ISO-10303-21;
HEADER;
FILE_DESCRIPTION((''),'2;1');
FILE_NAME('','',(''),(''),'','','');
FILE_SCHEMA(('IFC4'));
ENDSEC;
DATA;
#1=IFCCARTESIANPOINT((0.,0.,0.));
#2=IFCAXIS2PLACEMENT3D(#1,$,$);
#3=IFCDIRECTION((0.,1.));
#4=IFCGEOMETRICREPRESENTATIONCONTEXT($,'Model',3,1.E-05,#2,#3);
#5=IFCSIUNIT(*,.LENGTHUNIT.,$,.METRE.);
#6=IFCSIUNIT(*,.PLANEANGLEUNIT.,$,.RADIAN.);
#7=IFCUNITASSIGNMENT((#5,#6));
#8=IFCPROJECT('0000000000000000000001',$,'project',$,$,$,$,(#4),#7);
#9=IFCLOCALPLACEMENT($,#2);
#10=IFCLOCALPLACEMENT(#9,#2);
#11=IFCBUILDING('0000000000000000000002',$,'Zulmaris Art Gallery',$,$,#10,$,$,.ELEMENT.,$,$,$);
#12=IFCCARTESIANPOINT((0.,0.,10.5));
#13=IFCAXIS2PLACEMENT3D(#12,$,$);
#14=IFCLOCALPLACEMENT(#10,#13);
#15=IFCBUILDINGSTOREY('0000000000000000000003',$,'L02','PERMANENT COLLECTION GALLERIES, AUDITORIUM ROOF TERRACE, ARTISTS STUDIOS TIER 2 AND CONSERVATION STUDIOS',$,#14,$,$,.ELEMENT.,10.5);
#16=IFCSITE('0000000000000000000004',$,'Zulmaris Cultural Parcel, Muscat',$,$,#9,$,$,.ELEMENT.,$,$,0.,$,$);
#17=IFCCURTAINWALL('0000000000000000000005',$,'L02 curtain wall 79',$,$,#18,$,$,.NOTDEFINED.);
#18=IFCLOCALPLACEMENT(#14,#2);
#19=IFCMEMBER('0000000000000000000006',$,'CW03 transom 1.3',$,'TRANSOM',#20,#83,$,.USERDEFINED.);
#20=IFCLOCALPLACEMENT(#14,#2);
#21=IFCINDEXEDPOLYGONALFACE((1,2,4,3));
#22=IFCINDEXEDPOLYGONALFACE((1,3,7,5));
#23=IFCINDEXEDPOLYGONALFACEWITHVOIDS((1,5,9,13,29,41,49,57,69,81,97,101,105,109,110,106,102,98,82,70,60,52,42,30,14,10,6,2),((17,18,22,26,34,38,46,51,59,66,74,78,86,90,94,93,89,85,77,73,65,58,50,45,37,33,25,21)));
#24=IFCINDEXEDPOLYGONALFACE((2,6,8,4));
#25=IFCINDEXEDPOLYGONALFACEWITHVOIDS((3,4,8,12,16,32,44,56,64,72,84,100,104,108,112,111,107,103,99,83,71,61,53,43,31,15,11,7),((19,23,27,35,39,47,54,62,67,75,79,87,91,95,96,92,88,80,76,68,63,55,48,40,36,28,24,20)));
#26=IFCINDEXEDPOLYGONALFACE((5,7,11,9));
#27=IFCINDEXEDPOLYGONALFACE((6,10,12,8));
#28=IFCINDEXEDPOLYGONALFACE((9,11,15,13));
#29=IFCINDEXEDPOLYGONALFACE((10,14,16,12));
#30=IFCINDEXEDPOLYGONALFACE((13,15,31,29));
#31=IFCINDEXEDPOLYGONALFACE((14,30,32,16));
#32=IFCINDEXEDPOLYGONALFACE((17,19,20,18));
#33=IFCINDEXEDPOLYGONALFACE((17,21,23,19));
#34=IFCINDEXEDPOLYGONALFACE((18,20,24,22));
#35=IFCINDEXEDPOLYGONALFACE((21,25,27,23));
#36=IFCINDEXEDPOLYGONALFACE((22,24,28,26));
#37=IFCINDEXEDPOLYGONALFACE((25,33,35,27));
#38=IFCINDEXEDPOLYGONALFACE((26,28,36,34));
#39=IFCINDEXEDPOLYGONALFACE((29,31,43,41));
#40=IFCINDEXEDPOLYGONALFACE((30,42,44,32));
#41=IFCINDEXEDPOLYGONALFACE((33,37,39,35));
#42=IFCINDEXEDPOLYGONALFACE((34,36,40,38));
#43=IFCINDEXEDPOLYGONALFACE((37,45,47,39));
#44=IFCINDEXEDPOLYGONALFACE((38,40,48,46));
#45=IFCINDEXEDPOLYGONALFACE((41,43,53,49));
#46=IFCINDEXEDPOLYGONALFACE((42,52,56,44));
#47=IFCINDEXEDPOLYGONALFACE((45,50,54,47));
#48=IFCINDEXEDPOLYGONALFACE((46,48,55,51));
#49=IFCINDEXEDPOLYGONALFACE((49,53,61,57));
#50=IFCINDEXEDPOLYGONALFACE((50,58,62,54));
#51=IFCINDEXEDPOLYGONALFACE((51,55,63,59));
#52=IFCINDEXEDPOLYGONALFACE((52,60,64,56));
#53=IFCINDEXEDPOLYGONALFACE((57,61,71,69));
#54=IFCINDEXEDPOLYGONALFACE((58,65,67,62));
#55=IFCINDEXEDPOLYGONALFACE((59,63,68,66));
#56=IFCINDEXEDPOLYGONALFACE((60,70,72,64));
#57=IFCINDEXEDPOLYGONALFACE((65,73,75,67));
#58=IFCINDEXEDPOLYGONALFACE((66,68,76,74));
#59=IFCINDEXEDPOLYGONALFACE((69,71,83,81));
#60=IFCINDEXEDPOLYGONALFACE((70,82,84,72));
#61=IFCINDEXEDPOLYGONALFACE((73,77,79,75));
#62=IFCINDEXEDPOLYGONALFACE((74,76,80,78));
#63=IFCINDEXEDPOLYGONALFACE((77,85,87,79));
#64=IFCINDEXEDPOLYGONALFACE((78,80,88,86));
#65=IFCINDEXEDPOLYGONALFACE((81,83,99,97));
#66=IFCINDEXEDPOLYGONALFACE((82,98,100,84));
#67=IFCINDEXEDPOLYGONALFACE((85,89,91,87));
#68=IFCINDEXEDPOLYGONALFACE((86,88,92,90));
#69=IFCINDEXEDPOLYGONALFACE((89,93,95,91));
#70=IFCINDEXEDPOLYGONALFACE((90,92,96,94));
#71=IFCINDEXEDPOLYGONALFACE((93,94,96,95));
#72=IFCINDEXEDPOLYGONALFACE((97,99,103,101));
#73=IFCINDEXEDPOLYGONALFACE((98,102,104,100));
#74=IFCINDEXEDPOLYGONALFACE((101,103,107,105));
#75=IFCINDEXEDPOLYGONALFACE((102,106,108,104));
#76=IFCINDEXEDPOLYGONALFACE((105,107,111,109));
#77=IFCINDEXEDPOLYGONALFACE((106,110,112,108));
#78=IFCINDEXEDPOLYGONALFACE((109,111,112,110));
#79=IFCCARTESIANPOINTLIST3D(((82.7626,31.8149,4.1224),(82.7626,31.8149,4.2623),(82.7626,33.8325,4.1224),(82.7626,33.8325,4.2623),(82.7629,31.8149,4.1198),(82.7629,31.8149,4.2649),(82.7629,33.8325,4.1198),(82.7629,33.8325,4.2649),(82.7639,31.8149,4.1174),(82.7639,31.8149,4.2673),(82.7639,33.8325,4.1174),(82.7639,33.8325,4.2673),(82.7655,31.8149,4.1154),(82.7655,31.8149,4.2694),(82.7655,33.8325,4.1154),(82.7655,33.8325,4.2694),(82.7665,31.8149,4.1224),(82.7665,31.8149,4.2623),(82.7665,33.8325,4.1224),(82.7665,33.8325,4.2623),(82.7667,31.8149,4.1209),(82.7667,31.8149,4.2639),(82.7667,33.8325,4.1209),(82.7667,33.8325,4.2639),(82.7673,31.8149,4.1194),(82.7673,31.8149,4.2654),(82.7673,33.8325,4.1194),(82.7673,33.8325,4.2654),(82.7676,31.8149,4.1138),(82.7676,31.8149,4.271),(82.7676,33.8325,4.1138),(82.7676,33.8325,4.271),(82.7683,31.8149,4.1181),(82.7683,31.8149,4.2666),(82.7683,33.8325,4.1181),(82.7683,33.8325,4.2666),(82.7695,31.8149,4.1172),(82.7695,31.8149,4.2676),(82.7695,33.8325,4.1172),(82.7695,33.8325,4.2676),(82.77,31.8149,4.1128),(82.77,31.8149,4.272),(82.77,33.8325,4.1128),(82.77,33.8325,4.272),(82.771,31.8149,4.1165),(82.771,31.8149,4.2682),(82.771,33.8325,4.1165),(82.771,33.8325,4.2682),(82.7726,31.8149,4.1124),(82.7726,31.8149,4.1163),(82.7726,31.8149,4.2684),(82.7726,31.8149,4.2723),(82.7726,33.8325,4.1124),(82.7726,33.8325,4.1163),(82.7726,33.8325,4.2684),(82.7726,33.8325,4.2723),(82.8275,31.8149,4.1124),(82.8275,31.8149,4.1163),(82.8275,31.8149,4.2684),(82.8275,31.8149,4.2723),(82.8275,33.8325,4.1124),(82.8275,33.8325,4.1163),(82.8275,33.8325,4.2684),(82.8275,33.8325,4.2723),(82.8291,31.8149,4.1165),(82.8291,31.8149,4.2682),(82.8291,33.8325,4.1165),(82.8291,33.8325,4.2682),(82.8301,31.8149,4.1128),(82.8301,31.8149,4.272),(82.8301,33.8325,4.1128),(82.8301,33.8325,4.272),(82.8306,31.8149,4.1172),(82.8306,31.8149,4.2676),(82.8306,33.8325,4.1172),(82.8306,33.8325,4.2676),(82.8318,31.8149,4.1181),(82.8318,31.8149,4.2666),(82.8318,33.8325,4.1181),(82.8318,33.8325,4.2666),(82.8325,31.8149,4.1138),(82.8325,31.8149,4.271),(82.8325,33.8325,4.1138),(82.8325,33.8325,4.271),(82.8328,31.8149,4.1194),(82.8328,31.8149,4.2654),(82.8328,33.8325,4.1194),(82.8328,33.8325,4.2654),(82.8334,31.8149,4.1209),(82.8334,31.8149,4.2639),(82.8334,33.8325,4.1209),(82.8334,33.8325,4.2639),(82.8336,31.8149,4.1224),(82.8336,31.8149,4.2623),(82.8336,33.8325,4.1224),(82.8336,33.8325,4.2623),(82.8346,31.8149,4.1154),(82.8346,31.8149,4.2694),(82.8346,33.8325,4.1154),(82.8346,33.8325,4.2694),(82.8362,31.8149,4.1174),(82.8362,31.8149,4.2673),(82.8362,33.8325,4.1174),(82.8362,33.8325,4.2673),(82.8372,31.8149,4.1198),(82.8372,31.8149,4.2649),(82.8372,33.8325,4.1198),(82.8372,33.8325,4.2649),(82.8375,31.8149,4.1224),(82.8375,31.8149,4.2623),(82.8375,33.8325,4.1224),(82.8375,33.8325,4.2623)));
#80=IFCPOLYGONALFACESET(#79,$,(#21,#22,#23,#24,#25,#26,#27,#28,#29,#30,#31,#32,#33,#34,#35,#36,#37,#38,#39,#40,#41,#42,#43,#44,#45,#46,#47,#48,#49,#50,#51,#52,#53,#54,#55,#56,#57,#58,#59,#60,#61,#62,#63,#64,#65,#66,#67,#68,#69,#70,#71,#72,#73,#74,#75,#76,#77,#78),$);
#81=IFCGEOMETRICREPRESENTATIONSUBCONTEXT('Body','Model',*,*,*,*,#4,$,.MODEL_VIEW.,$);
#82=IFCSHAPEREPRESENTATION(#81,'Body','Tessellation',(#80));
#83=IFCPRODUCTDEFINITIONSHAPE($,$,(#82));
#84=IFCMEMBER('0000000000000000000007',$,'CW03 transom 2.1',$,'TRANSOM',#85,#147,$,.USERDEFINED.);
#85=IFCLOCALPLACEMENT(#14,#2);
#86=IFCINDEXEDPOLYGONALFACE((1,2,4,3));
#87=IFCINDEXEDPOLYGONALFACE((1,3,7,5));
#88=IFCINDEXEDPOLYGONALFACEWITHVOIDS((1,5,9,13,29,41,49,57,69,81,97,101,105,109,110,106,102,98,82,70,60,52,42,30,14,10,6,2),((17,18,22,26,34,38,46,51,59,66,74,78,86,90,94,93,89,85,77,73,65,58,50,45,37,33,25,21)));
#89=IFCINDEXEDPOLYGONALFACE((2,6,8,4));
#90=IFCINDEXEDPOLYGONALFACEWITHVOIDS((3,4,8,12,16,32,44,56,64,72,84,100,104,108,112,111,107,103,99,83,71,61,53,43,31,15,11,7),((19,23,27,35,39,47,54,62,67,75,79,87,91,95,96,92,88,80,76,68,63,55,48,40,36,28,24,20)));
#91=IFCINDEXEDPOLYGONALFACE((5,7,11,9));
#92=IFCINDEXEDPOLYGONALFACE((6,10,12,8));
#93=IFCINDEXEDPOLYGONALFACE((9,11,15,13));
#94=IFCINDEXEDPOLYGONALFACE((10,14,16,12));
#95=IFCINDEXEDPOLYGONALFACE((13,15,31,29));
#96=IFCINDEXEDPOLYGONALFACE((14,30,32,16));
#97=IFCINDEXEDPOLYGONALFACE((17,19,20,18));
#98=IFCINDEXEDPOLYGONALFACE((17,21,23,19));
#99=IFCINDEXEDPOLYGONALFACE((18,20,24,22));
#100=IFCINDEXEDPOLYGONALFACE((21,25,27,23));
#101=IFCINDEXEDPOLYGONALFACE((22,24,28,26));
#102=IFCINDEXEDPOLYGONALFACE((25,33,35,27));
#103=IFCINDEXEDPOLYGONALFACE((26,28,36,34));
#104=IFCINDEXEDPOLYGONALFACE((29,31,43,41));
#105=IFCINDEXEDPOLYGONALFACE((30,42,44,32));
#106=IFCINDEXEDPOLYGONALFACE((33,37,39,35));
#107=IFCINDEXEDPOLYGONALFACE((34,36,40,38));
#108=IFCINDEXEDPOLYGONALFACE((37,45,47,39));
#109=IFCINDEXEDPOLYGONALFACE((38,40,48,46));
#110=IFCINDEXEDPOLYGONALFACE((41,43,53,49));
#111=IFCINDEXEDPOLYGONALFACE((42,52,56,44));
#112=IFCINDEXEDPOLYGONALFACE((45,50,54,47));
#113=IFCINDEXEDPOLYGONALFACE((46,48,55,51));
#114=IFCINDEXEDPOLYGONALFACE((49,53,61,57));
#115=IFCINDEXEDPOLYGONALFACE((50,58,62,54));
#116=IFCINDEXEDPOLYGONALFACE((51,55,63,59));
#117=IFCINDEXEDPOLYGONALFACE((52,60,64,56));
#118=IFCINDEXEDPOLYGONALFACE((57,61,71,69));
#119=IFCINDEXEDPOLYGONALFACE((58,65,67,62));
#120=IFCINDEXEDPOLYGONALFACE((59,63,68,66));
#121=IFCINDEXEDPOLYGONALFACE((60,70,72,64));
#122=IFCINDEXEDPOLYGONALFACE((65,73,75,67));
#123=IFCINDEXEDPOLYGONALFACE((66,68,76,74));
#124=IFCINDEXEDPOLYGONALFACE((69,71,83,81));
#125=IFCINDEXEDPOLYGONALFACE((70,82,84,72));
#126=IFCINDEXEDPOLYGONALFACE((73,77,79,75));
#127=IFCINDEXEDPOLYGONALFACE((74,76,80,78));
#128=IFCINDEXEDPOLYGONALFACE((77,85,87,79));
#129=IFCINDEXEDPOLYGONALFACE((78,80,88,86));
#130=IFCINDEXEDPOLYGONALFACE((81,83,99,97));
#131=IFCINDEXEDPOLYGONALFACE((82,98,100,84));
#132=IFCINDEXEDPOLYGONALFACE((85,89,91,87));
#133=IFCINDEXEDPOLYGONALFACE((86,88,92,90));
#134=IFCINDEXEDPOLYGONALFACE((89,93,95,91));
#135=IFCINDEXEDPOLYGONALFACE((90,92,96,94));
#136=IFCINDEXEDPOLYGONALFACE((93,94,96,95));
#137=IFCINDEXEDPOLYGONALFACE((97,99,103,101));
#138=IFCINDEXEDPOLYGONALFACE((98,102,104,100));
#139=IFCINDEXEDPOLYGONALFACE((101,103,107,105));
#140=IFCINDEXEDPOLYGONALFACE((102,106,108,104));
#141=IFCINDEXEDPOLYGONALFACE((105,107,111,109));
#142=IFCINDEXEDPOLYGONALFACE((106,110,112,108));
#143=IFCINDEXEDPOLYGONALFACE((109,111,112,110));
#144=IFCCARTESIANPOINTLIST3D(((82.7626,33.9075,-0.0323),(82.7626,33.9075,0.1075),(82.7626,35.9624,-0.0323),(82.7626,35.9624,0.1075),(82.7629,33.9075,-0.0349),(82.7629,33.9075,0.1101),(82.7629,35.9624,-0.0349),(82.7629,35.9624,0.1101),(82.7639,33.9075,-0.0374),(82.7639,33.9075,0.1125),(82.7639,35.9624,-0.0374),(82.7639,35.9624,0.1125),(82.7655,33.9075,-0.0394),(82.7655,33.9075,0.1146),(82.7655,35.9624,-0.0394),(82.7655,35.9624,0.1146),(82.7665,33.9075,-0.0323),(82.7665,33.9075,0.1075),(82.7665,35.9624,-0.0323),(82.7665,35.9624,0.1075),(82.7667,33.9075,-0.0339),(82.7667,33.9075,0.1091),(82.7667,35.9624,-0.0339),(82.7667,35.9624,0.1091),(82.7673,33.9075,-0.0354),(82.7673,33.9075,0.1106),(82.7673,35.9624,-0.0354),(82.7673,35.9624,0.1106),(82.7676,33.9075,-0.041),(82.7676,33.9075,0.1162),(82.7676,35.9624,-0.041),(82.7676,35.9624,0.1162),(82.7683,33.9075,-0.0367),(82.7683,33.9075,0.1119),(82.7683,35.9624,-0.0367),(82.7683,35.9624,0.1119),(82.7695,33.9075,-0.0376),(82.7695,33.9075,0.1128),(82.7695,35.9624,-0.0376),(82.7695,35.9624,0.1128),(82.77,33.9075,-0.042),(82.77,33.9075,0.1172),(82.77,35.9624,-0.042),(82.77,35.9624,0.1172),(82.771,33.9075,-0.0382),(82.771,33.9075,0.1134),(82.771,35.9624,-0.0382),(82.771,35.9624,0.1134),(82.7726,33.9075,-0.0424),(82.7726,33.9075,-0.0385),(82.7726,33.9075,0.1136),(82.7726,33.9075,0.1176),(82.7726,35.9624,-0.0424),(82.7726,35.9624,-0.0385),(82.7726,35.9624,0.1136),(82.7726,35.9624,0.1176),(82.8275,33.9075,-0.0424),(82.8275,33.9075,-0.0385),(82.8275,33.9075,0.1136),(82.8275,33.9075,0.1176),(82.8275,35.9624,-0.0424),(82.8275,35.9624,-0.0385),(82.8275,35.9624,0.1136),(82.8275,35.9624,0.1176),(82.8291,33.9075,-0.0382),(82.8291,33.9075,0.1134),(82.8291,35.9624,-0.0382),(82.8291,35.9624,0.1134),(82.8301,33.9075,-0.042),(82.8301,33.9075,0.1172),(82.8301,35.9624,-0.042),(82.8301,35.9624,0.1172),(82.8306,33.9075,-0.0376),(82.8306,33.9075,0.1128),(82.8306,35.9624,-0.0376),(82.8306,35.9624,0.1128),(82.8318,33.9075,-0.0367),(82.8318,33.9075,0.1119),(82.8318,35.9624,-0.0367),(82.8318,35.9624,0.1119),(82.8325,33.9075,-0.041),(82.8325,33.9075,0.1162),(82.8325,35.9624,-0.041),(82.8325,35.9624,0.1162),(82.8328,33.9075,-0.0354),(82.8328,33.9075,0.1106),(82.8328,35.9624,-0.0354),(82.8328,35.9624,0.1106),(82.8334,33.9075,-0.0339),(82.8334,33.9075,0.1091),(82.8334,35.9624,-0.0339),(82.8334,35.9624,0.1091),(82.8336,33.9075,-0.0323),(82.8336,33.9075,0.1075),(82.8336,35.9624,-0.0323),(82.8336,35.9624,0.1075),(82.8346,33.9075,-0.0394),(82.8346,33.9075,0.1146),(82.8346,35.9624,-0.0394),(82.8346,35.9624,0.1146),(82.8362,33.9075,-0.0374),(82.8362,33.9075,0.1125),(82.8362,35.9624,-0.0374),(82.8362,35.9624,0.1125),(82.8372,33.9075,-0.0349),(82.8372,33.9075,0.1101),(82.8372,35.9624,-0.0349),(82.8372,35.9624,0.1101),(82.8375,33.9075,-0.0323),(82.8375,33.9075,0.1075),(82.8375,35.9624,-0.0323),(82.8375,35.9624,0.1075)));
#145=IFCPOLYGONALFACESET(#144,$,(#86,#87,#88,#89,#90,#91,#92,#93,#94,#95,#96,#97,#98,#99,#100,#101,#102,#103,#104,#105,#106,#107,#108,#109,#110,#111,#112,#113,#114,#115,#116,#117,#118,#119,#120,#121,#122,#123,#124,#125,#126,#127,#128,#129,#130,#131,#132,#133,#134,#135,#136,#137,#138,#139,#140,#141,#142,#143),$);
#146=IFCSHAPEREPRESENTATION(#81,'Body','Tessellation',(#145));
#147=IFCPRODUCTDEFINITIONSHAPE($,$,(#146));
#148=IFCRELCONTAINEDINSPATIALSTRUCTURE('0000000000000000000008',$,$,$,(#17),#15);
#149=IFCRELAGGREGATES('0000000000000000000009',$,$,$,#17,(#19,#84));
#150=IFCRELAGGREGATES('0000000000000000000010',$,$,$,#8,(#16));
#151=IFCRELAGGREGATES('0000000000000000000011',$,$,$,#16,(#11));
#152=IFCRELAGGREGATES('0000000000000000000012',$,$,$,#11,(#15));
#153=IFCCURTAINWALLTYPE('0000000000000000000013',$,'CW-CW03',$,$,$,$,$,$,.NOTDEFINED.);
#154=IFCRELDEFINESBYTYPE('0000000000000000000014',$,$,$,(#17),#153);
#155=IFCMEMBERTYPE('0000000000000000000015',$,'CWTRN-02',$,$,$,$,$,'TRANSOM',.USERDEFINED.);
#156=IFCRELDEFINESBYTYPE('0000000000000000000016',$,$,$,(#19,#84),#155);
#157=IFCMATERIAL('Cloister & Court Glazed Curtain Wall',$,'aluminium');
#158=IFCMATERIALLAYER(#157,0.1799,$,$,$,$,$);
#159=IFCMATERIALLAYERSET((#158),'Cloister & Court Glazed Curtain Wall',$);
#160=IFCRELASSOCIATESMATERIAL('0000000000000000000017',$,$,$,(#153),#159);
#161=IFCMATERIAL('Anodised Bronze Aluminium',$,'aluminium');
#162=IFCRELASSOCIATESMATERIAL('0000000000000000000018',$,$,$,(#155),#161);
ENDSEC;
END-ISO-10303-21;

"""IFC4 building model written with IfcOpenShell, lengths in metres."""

from ifc_helpers import new_model, si_unit, direction, frame, origin, origin_2d, place, context, subcontext, project, spatial, hollow_rectangle, extrude, material, layer, layer_set, material_profile, profile_set, type_object, element, aggregate, save


model = new_model("IFC4")

# Units and contexts
model_context = context("Model", 3, precision=1e-05, world=origin(), true_north=direction((0.0, 1.0)))
body_context = subcontext(model_context, "Body", "Model", "MODEL_VIEW")
ifc_project = project(units=[si_unit("LENGTHUNIT", "METRE"), si_unit("PLANEANGLEUNIT", "RADIAN")], contexts=[model_context])

# Site, building, storey
site_placement = place(None, origin())
site = spatial("IfcSite", under=ifc_project, at=site_placement, Name="Zulmaris Cultural Parcel, Muscat", CompositionType="ELEMENT", RefElevation=0.0)
building_placement = place(site_placement, origin())
building = spatial("IfcBuilding", under=site, at=building_placement, Name="Zulmaris Art Gallery", CompositionType="ELEMENT")
storey_placement = place(building_placement, frame((0.0, 0.0, 10.5)))
storey = spatial("IfcBuildingStorey", under=building, at=storey_placement, Name="L02", Description="PERMANENT COLLECTION GALLERIES, AUDITORIUM ROOF TERRACE, ARTISTS STUDIOS TIER 2 AND CONSERVATION STUDIOS", CompositionType="ELEMENT", Elevation=10.5)

# Curtain wall, members
ifc_material_1 = material(Name="Cloister & Court Glazed Curtain Wall", Category="aluminium")
ifc_layer_1 = layer(ifc_material_1, 0.1799)
ifc_layer_set_1 = layer_set([ifc_layer_1], Name="Cloister & Court Glazed Curtain Wall")
curtain_wall_type = type_object("IfcCurtainWallType", Name="CW-CW03", PredefinedType="NOTDEFINED", material=ifc_layer_set_1)
ifc_material_2 = material(Name="Anodised Bronze Aluminium", Category="aluminium")
ifc_material_profile_1 = material_profile(ifc_material_2, hollow_rectangle(XDim=0.075, YDim=0.1599, WallThickness=0.0039, InnerFilletRadius=0.0061, OuterFilletRadius=0.01, at=origin_2d()), Name="ALU 75x160x4")
ifc_profile_set_1 = profile_set([ifc_material_profile_1], Name="Anodised Bronze Aluminium")
member_type_1 = type_object("IfcMemberType", Name="CWTRN-02", ElementType="TRANSOM", PredefinedType="USERDEFINED", material=ifc_profile_set_1)
curtain_wall_1_placement = place(storey_placement, origin())
curtain_wall_1 = element("IfcCurtainWall", 1, at=curtain_wall_1_placement, inside=storey, type_object=curtain_wall_type, Name="L02 curtain wall 79", PredefinedType="NOTDEFINED")
member_1_placement = place(storey_placement, frame((82.8, 31.8149, 4.1924), z_axis=(0.0, 1.0, 0.0), x_axis=(-1.0, 0.0, 0.0)))
member_1 = element("IfcMember", 2, at=member_1_placement, type_object=member_type_1, Name="CW03 transom 1.3", ObjectType="TRANSOM", PredefinedType="USERDEFINED", context=body_context, shape_type="SweptSolid", body=[
    extrude(hollow_rectangle(XDim=0.075, YDim=0.1599, WallThickness=0.0039, InnerFilletRadius=0.0061, OuterFilletRadius=0.01, at=origin_2d()), origin(), (0.0, 0.0, 1.0), 2.0176),
])
member_2_placement = place(storey_placement, frame((82.8, 33.9075, 0.0376), z_axis=(0.0, 1.0, 0.0), x_axis=(-1.0, 0.0, 0.0)))
member_2 = element("IfcMember", 3, at=member_2_placement, type_object=member_type_1, Name="CW03 transom 2.1", ObjectType="TRANSOM", PredefinedType="USERDEFINED", context=body_context, shape_type="SweptSolid", body=[
    extrude(hollow_rectangle(XDim=0.075, YDim=0.1599, WallThickness=0.0039, InnerFilletRadius=0.0061, OuterFilletRadius=0.01, at=origin_2d()), origin(), (0.0, 0.0, 1.0), 2.0549),
])

aggregate(curtain_wall_1, [member_1, member_2])

save(model, "model.ifc")
